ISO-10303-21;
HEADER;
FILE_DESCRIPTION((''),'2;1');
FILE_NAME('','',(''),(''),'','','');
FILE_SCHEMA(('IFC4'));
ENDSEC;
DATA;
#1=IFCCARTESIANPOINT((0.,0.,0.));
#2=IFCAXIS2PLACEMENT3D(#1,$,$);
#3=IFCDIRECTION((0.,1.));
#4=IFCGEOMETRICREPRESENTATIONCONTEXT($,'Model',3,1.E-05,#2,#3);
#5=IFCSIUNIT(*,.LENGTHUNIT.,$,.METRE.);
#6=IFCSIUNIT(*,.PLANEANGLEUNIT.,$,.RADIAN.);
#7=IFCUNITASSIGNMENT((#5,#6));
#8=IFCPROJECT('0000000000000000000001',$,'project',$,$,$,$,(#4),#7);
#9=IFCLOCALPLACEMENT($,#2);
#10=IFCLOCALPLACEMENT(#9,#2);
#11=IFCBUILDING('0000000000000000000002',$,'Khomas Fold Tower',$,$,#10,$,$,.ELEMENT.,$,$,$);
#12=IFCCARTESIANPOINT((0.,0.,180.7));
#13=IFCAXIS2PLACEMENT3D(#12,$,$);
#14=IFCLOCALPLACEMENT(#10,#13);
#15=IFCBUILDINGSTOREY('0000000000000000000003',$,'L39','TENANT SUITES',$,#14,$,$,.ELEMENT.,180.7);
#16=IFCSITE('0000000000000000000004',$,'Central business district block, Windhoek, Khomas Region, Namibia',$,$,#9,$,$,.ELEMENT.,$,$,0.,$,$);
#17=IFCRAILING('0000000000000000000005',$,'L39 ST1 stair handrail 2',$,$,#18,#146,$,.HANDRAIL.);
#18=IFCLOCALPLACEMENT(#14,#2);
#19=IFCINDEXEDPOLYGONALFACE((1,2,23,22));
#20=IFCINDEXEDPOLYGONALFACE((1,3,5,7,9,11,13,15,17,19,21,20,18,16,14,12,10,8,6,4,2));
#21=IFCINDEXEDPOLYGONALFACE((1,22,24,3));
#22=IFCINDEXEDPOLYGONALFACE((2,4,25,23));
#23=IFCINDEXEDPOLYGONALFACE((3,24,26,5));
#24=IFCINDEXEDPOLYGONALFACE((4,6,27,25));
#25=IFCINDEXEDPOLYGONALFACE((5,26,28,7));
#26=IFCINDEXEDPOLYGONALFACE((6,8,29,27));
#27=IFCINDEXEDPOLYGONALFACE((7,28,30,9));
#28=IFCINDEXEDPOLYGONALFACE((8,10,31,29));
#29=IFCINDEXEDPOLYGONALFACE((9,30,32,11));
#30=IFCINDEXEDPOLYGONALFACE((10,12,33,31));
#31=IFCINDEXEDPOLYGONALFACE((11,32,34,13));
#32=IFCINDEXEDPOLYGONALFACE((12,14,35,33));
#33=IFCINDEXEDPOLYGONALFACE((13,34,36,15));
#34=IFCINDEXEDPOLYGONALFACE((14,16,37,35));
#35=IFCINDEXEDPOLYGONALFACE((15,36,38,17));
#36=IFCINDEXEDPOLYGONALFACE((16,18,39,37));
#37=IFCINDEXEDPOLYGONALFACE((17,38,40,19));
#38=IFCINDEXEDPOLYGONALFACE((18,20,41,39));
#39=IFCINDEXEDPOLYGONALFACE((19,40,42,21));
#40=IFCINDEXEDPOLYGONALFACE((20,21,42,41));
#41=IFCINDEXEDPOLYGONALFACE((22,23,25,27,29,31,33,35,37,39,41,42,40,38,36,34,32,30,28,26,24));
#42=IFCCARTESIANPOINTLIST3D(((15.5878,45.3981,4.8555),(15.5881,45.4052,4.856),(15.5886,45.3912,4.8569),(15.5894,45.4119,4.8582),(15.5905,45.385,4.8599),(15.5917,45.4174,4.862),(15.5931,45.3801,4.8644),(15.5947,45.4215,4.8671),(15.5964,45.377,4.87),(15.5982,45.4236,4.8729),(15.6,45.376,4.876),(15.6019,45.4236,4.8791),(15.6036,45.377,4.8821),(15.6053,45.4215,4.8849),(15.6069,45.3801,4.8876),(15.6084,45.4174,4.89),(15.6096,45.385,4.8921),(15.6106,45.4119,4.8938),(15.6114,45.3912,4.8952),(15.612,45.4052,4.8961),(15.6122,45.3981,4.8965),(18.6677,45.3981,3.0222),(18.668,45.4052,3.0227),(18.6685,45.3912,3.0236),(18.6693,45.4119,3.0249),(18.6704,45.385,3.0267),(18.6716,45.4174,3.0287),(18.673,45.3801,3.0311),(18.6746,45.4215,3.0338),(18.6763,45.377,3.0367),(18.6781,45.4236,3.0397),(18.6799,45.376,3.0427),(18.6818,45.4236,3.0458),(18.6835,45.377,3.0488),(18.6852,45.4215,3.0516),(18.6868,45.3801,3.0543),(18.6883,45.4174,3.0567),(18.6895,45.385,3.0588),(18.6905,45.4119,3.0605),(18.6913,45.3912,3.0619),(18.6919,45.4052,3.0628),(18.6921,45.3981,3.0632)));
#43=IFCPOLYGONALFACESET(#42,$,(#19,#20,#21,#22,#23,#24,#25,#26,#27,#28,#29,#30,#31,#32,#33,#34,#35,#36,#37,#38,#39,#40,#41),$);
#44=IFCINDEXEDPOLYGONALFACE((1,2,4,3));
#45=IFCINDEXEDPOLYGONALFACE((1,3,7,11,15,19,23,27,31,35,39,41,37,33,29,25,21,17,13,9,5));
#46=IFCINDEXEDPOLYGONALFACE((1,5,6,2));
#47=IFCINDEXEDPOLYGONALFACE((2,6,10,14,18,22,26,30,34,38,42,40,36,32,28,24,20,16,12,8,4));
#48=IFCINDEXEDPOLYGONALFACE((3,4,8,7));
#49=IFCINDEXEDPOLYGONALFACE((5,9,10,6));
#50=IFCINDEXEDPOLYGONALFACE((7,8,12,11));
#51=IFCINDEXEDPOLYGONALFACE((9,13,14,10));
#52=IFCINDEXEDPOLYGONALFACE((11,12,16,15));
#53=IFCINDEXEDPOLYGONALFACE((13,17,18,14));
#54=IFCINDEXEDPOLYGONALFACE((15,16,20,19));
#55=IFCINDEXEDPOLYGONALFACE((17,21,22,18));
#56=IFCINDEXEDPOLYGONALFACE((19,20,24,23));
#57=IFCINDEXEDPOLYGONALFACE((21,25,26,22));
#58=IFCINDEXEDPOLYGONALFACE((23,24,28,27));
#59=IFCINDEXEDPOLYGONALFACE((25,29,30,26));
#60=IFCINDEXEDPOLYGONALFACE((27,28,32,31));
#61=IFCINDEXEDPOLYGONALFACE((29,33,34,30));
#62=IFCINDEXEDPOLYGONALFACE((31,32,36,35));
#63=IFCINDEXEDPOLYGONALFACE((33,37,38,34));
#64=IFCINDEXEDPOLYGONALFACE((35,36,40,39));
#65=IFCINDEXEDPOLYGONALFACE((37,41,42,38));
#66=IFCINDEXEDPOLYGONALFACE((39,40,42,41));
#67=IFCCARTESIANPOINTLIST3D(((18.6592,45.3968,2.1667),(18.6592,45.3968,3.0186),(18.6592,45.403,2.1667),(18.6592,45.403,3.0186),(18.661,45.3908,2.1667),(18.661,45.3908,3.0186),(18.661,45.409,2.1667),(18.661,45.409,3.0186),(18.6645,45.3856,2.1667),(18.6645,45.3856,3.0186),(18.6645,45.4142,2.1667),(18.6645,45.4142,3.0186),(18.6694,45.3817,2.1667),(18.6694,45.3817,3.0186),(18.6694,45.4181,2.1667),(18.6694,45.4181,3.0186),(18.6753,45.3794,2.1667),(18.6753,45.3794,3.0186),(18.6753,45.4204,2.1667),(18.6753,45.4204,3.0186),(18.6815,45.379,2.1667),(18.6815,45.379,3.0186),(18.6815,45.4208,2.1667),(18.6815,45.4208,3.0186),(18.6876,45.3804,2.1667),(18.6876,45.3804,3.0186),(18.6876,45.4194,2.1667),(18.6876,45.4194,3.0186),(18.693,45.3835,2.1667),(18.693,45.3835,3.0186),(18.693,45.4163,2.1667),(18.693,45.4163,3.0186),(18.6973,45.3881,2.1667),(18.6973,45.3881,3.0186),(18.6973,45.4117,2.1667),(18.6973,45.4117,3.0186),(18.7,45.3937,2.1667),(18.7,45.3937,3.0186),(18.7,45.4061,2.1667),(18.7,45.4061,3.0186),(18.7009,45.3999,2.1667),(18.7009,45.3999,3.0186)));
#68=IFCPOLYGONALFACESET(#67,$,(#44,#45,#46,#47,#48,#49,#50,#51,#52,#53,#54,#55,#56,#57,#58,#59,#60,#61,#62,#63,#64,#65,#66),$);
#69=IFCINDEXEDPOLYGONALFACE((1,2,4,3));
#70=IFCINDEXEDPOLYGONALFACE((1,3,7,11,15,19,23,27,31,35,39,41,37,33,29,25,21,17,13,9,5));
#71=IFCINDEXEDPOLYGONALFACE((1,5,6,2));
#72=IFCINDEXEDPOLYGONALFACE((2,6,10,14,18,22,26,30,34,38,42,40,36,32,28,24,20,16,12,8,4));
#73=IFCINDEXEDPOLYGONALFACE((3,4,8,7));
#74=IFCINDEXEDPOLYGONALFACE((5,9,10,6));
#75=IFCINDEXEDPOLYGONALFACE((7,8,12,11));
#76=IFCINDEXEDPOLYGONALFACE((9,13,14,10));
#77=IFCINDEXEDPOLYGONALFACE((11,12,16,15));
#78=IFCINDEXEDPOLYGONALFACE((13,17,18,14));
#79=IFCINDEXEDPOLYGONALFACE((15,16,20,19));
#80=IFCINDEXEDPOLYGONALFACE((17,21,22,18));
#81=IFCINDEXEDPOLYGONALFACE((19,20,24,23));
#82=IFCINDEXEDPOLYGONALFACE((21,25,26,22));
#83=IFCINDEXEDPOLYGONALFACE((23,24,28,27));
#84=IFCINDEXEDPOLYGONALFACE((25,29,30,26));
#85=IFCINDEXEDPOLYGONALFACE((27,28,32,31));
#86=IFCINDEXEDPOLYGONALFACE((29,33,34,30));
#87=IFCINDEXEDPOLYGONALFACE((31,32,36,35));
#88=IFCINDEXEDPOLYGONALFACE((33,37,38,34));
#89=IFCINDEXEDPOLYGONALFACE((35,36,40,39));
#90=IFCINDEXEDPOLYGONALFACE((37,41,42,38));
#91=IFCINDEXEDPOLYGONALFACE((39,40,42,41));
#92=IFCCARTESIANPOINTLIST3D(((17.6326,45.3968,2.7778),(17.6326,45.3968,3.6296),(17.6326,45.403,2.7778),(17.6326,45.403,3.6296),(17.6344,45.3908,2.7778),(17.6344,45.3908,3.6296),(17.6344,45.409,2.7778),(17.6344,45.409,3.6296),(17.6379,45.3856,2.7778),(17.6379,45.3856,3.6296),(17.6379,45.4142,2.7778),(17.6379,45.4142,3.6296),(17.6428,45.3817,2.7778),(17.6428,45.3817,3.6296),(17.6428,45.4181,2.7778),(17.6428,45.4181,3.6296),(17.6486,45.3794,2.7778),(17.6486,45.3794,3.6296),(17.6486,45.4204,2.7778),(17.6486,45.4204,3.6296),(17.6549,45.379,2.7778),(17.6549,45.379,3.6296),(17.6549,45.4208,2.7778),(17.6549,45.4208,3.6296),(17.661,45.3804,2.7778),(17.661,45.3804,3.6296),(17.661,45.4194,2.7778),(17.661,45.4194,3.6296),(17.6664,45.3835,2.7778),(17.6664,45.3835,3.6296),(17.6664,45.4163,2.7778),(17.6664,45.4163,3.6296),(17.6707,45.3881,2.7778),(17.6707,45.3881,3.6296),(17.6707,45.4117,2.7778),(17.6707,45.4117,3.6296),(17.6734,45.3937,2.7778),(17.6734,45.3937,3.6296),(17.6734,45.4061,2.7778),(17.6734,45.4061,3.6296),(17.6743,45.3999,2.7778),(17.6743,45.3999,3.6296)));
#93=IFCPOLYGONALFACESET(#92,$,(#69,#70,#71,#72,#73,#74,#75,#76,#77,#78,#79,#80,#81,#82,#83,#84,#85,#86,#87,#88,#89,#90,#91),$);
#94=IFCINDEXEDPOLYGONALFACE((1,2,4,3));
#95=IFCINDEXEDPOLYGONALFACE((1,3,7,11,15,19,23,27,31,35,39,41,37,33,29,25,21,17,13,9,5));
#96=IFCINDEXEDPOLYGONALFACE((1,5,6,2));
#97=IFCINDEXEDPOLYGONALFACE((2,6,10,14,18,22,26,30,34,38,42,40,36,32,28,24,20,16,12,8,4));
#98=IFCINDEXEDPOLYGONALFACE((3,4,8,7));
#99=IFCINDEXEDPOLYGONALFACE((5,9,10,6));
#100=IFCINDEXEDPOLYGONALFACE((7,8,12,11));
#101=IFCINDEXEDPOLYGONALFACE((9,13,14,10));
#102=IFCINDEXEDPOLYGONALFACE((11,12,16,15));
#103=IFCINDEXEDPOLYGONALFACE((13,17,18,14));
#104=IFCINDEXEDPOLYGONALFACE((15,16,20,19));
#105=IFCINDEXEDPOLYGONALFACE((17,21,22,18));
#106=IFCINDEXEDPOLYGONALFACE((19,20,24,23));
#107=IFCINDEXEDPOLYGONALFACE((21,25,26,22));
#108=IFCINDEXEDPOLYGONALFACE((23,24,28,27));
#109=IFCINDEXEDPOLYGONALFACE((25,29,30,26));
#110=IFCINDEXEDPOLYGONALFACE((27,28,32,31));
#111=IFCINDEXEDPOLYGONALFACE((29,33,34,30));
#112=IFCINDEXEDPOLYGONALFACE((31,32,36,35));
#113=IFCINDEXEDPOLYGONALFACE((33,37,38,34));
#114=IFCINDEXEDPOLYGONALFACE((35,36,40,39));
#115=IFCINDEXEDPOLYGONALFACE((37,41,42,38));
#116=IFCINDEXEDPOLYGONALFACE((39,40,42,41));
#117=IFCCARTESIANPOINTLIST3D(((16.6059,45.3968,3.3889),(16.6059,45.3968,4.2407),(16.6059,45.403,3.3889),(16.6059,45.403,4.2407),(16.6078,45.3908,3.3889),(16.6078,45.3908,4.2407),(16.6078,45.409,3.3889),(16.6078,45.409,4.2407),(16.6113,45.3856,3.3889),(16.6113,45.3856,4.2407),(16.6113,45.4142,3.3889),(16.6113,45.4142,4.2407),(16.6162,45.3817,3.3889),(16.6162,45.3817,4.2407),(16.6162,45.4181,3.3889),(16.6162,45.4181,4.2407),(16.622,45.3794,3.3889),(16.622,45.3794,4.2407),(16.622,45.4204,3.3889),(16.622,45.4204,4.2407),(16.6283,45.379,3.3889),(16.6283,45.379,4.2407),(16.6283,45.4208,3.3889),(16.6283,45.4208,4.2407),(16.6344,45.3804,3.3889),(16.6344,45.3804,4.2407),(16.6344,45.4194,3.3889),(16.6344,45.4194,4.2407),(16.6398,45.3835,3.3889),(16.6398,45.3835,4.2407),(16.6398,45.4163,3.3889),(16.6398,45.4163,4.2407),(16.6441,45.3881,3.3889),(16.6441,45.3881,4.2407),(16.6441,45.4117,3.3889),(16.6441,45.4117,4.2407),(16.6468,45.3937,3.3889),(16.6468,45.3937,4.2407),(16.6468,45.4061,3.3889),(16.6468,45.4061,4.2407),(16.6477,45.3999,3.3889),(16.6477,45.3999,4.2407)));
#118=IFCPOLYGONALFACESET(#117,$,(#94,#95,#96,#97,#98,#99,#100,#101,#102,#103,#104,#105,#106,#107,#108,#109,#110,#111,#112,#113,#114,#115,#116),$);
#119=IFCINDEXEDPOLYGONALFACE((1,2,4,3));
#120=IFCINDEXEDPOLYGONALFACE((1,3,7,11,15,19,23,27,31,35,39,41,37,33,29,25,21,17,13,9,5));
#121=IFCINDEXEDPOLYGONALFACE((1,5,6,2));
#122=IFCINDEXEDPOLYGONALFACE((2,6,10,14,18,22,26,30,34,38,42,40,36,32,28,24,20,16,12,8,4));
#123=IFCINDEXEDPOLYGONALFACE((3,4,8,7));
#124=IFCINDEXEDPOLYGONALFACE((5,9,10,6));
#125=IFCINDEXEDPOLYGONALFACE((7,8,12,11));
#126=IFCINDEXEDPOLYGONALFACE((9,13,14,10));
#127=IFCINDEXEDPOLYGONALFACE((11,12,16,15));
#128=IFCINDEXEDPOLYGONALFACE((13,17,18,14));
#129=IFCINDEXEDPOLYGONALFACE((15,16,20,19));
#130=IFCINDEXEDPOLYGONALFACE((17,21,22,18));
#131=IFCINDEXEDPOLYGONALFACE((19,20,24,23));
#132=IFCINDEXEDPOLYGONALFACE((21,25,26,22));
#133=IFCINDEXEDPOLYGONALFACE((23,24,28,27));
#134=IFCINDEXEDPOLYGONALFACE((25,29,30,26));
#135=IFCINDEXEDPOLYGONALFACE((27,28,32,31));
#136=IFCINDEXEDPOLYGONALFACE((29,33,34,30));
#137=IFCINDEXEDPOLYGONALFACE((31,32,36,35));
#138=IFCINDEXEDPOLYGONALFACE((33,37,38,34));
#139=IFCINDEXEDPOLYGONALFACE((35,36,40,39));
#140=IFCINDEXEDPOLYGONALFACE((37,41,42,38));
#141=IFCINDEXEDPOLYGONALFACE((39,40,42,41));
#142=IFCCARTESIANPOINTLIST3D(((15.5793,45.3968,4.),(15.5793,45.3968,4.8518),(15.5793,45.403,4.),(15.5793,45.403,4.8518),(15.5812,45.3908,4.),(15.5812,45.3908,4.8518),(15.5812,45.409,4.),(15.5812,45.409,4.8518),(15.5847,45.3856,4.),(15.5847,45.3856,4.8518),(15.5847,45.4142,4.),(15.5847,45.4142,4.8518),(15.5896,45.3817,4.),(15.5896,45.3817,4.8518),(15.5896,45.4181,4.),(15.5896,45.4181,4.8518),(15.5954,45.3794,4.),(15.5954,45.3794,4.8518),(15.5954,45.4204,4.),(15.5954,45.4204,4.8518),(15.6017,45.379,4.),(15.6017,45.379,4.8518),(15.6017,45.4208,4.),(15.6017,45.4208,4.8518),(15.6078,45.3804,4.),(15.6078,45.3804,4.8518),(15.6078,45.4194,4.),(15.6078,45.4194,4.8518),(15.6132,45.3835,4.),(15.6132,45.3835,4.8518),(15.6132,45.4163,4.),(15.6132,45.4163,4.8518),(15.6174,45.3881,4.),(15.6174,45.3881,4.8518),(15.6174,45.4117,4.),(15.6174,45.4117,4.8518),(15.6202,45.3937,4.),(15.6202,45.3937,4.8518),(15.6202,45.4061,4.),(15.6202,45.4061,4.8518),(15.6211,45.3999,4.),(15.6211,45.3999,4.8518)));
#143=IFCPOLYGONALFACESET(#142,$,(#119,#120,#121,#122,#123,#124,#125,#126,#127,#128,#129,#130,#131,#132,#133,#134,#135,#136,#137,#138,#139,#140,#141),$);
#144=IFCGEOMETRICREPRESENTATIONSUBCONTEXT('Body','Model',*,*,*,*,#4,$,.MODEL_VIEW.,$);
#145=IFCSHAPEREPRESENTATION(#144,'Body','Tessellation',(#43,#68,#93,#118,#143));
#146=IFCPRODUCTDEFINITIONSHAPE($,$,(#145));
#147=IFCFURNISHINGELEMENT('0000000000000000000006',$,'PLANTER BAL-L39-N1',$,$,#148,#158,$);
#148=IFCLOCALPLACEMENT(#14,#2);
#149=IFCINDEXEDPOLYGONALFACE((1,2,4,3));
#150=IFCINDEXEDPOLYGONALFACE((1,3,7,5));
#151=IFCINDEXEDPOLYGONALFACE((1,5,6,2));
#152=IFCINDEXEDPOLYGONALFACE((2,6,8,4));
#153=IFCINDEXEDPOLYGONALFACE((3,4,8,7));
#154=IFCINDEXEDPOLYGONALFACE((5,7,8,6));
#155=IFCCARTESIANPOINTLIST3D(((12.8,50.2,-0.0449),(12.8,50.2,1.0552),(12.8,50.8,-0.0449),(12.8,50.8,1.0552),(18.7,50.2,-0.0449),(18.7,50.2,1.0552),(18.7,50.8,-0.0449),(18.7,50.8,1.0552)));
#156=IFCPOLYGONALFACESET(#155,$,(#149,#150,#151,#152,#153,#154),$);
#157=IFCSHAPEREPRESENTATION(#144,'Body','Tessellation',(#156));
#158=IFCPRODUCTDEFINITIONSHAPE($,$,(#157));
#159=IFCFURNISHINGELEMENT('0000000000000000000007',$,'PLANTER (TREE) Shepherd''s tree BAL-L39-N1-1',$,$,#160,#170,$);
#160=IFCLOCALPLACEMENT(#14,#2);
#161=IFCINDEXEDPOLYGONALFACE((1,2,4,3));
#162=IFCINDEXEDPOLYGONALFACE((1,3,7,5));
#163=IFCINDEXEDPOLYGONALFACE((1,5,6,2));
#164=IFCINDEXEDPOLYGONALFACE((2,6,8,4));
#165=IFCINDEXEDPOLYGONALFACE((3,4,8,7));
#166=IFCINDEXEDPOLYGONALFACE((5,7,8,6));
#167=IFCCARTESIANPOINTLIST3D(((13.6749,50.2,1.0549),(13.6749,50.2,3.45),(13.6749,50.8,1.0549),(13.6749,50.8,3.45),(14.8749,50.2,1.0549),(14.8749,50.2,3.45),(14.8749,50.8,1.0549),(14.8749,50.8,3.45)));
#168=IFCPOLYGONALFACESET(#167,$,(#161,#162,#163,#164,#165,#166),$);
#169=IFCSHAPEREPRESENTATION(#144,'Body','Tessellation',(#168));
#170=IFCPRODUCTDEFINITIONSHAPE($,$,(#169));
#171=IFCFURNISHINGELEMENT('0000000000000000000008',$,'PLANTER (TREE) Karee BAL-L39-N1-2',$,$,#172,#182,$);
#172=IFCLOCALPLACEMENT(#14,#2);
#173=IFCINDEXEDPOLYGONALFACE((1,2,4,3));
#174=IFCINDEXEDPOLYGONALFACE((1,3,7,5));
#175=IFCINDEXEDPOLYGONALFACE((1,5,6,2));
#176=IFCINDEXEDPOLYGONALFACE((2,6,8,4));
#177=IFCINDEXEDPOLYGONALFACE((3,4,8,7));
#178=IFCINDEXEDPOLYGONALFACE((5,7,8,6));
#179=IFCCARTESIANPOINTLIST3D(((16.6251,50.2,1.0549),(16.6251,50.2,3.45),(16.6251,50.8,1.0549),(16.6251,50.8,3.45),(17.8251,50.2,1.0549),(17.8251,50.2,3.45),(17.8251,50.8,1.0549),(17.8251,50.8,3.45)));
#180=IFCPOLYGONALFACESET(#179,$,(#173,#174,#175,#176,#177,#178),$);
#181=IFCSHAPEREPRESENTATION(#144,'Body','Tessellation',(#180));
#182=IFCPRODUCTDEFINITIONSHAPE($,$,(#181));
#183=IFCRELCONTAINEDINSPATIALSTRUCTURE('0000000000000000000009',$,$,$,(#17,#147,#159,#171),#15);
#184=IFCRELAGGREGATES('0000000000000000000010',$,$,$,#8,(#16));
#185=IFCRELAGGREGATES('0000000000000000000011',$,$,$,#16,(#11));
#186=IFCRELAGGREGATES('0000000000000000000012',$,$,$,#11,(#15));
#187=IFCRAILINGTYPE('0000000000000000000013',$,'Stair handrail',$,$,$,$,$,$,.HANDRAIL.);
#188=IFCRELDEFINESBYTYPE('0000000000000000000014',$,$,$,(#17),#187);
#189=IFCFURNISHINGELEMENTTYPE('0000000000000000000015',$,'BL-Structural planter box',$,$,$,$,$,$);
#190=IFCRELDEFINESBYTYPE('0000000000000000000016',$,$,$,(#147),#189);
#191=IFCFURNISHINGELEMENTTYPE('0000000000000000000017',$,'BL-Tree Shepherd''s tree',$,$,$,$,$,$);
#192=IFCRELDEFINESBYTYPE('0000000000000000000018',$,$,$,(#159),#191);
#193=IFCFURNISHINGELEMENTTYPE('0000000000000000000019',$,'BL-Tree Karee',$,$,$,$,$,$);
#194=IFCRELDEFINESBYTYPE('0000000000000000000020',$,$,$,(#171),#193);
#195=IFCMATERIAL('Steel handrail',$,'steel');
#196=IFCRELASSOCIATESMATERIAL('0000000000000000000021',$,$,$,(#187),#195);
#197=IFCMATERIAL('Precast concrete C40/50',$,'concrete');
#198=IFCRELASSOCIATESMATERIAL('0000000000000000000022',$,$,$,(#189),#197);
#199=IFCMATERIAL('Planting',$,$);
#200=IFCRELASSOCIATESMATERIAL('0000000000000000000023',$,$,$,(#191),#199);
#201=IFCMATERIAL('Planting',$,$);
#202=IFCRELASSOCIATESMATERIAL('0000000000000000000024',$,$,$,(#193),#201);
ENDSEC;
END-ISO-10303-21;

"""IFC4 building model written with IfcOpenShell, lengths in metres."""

from ifc_helpers import new_model, si_unit, direction, frame, origin, origin_2d, place, context, subcontext, project, spatial, rectangle, circle, extrude, source, transform, mapped, material, type_object, element, save


model = new_model("IFC4")

# Units and contexts
model_context = context("Model", 3, precision=1e-05, world=origin(), true_north=direction((0.0, 1.0)))
body_context = subcontext(model_context, "Body", "Model", "MODEL_VIEW")
ifc_project = project(units=[si_unit("LENGTHUNIT", "METRE"), si_unit("PLANEANGLEUNIT", "RADIAN")], contexts=[model_context])

# Site, building, storey
site_placement = place(None, origin())
site = spatial("IfcSite", under=ifc_project, at=site_placement, Name="Central business district block, Windhoek, Khomas Region, Namibia", CompositionType="ELEMENT", RefElevation=0.0)
building_placement = place(site_placement, origin())
building = spatial("IfcBuilding", under=site, at=building_placement, Name="Khomas Fold Tower", CompositionType="ELEMENT")
storey_placement = place(building_placement, frame((0.0, 0.0, 180.7)))
storey = spatial("IfcBuildingStorey", under=building, at=storey_placement, Name="L39", Description="TENANT SUITES", CompositionType="ELEMENT", Elevation=180.7)

# Railing
ifc_material_1 = material(Name="Steel handrail", Category="steel")
railing_type_1 = type_object("IfcRailingType", Name="Stair handrail", PredefinedType="HANDRAIL", material=ifc_material_1)
shared_shape_1 = source(origin(), body_context, "Body", "SweptSolid", [
    extrude(circle(Radius=0.0239, at=origin_2d()), frame((0.0, 0.0, 0.876), z_axis=(-0.859291, 0.0, 0.511487), x_axis=(0.0, -1.0, 0.0)), (0.0, 0.0, 1.0), 3.5842),
    extrude(circle(Radius=0.021, at=origin_2d()), origin(), (0.0, 0.0, 1.0), 0.8518),
    extrude(circle(Radius=0.021, at=origin_2d()), frame((-1.0266, 0.0, 0.6111)), (0.0, 0.0, 1.0), 0.8518),
    extrude(circle(Radius=0.021, at=origin_2d()), frame((-2.0532, 0.0, 1.2222)), (0.0, 0.0, 1.0), 0.8518),
    extrude(circle(Radius=0.021, at=origin_2d()), frame((-3.0798, 0.0, 1.8333)), (0.0, 0.0, 1.0), 0.8518),
])
railing_1_placement = place(storey_placement, frame((18.6799, 45.3999, 2.1667)))
element("IfcRailing", 1, at=railing_1_placement, inside=storey, type_object=railing_type_1, Name="L39 ST1 stair handrail 2", PredefinedType="HANDRAIL", context=body_context, shape_type="MappedRepresentation", body=[
    mapped(shared_shape_1, transform((0.0, 0.0, 0.0))),
])

# Furnishing elements
ifc_material_2 = material(Name="Precast concrete C40/50", Category="concrete")
furnishing_element_type_1 = type_object("IfcFurnishingElementType", Name="BL-Structural planter box", material=ifc_material_2)
shared_shape_2 = source(origin(), body_context, "Body", "SweptSolid", [
    extrude(rectangle(XDim=5.8999, YDim=0.6001, at=origin_2d()), origin(), (0.0, 0.0, 1.0), 1.1001),
])
furnishing_1_placement = place(storey_placement, frame((15.75, 50.5, -0.0449), z_axis=(0.0, 0.0, 1.0), x_axis=(1.0, 0.0, 0.0)))
element("IfcFurnishingElement", 2, at=furnishing_1_placement, inside=storey, type_object=furnishing_element_type_1, Name="PLANTER BAL-L39-N1", context=body_context, shape_type="MappedRepresentation", body=[
    mapped(shared_shape_2, transform((0.0, 0.0, 0.0))),
])
ifc_material_3 = material(Name="Planting")
furnishing_element_type_2 = type_object("IfcFurnishingElementType", Name="BL-Tree Shepherd's tree", material=ifc_material_3)
shared_shape_3 = source(origin(), body_context, "Body", "SweptSolid", [
    extrude(rectangle(XDim=1.2, YDim=0.6001, at=origin_2d()), origin(), (0.0, 0.0, 1.0), 2.395),
])
furnishing_2_placement = place(storey_placement, frame((14.2749, 50.5, 1.0549), z_axis=(0.0, 0.0, 1.0), x_axis=(1.0, 0.0, 0.0)))
element("IfcFurnishingElement", 3, at=furnishing_2_placement, inside=storey, type_object=furnishing_element_type_2, Name="PLANTER (TREE) Shepherd's tree BAL-L39-N1-1", context=body_context, shape_type="MappedRepresentation", body=[
    mapped(shared_shape_3, transform((0.0, 0.0, 0.0))),
])
ifc_material_4 = material(Name="Planting")
furnishing_element_type_3 = type_object("IfcFurnishingElementType", Name="BL-Tree Karee", material=ifc_material_4)
furnishing_3_placement = place(storey_placement, frame((17.2251, 50.5, 1.0549), z_axis=(0.0, 0.0, 1.0), x_axis=(1.0, 0.0, 0.0)))
element("IfcFurnishingElement", 4, at=furnishing_3_placement, inside=storey, type_object=furnishing_element_type_3, Name="PLANTER (TREE) Karee BAL-L39-N1-2", context=body_context, shape_type="MappedRepresentation", body=[
    mapped(shared_shape_3, transform((0.0, 0.0, 0.0))),
])

save(model, "model.ifc")
